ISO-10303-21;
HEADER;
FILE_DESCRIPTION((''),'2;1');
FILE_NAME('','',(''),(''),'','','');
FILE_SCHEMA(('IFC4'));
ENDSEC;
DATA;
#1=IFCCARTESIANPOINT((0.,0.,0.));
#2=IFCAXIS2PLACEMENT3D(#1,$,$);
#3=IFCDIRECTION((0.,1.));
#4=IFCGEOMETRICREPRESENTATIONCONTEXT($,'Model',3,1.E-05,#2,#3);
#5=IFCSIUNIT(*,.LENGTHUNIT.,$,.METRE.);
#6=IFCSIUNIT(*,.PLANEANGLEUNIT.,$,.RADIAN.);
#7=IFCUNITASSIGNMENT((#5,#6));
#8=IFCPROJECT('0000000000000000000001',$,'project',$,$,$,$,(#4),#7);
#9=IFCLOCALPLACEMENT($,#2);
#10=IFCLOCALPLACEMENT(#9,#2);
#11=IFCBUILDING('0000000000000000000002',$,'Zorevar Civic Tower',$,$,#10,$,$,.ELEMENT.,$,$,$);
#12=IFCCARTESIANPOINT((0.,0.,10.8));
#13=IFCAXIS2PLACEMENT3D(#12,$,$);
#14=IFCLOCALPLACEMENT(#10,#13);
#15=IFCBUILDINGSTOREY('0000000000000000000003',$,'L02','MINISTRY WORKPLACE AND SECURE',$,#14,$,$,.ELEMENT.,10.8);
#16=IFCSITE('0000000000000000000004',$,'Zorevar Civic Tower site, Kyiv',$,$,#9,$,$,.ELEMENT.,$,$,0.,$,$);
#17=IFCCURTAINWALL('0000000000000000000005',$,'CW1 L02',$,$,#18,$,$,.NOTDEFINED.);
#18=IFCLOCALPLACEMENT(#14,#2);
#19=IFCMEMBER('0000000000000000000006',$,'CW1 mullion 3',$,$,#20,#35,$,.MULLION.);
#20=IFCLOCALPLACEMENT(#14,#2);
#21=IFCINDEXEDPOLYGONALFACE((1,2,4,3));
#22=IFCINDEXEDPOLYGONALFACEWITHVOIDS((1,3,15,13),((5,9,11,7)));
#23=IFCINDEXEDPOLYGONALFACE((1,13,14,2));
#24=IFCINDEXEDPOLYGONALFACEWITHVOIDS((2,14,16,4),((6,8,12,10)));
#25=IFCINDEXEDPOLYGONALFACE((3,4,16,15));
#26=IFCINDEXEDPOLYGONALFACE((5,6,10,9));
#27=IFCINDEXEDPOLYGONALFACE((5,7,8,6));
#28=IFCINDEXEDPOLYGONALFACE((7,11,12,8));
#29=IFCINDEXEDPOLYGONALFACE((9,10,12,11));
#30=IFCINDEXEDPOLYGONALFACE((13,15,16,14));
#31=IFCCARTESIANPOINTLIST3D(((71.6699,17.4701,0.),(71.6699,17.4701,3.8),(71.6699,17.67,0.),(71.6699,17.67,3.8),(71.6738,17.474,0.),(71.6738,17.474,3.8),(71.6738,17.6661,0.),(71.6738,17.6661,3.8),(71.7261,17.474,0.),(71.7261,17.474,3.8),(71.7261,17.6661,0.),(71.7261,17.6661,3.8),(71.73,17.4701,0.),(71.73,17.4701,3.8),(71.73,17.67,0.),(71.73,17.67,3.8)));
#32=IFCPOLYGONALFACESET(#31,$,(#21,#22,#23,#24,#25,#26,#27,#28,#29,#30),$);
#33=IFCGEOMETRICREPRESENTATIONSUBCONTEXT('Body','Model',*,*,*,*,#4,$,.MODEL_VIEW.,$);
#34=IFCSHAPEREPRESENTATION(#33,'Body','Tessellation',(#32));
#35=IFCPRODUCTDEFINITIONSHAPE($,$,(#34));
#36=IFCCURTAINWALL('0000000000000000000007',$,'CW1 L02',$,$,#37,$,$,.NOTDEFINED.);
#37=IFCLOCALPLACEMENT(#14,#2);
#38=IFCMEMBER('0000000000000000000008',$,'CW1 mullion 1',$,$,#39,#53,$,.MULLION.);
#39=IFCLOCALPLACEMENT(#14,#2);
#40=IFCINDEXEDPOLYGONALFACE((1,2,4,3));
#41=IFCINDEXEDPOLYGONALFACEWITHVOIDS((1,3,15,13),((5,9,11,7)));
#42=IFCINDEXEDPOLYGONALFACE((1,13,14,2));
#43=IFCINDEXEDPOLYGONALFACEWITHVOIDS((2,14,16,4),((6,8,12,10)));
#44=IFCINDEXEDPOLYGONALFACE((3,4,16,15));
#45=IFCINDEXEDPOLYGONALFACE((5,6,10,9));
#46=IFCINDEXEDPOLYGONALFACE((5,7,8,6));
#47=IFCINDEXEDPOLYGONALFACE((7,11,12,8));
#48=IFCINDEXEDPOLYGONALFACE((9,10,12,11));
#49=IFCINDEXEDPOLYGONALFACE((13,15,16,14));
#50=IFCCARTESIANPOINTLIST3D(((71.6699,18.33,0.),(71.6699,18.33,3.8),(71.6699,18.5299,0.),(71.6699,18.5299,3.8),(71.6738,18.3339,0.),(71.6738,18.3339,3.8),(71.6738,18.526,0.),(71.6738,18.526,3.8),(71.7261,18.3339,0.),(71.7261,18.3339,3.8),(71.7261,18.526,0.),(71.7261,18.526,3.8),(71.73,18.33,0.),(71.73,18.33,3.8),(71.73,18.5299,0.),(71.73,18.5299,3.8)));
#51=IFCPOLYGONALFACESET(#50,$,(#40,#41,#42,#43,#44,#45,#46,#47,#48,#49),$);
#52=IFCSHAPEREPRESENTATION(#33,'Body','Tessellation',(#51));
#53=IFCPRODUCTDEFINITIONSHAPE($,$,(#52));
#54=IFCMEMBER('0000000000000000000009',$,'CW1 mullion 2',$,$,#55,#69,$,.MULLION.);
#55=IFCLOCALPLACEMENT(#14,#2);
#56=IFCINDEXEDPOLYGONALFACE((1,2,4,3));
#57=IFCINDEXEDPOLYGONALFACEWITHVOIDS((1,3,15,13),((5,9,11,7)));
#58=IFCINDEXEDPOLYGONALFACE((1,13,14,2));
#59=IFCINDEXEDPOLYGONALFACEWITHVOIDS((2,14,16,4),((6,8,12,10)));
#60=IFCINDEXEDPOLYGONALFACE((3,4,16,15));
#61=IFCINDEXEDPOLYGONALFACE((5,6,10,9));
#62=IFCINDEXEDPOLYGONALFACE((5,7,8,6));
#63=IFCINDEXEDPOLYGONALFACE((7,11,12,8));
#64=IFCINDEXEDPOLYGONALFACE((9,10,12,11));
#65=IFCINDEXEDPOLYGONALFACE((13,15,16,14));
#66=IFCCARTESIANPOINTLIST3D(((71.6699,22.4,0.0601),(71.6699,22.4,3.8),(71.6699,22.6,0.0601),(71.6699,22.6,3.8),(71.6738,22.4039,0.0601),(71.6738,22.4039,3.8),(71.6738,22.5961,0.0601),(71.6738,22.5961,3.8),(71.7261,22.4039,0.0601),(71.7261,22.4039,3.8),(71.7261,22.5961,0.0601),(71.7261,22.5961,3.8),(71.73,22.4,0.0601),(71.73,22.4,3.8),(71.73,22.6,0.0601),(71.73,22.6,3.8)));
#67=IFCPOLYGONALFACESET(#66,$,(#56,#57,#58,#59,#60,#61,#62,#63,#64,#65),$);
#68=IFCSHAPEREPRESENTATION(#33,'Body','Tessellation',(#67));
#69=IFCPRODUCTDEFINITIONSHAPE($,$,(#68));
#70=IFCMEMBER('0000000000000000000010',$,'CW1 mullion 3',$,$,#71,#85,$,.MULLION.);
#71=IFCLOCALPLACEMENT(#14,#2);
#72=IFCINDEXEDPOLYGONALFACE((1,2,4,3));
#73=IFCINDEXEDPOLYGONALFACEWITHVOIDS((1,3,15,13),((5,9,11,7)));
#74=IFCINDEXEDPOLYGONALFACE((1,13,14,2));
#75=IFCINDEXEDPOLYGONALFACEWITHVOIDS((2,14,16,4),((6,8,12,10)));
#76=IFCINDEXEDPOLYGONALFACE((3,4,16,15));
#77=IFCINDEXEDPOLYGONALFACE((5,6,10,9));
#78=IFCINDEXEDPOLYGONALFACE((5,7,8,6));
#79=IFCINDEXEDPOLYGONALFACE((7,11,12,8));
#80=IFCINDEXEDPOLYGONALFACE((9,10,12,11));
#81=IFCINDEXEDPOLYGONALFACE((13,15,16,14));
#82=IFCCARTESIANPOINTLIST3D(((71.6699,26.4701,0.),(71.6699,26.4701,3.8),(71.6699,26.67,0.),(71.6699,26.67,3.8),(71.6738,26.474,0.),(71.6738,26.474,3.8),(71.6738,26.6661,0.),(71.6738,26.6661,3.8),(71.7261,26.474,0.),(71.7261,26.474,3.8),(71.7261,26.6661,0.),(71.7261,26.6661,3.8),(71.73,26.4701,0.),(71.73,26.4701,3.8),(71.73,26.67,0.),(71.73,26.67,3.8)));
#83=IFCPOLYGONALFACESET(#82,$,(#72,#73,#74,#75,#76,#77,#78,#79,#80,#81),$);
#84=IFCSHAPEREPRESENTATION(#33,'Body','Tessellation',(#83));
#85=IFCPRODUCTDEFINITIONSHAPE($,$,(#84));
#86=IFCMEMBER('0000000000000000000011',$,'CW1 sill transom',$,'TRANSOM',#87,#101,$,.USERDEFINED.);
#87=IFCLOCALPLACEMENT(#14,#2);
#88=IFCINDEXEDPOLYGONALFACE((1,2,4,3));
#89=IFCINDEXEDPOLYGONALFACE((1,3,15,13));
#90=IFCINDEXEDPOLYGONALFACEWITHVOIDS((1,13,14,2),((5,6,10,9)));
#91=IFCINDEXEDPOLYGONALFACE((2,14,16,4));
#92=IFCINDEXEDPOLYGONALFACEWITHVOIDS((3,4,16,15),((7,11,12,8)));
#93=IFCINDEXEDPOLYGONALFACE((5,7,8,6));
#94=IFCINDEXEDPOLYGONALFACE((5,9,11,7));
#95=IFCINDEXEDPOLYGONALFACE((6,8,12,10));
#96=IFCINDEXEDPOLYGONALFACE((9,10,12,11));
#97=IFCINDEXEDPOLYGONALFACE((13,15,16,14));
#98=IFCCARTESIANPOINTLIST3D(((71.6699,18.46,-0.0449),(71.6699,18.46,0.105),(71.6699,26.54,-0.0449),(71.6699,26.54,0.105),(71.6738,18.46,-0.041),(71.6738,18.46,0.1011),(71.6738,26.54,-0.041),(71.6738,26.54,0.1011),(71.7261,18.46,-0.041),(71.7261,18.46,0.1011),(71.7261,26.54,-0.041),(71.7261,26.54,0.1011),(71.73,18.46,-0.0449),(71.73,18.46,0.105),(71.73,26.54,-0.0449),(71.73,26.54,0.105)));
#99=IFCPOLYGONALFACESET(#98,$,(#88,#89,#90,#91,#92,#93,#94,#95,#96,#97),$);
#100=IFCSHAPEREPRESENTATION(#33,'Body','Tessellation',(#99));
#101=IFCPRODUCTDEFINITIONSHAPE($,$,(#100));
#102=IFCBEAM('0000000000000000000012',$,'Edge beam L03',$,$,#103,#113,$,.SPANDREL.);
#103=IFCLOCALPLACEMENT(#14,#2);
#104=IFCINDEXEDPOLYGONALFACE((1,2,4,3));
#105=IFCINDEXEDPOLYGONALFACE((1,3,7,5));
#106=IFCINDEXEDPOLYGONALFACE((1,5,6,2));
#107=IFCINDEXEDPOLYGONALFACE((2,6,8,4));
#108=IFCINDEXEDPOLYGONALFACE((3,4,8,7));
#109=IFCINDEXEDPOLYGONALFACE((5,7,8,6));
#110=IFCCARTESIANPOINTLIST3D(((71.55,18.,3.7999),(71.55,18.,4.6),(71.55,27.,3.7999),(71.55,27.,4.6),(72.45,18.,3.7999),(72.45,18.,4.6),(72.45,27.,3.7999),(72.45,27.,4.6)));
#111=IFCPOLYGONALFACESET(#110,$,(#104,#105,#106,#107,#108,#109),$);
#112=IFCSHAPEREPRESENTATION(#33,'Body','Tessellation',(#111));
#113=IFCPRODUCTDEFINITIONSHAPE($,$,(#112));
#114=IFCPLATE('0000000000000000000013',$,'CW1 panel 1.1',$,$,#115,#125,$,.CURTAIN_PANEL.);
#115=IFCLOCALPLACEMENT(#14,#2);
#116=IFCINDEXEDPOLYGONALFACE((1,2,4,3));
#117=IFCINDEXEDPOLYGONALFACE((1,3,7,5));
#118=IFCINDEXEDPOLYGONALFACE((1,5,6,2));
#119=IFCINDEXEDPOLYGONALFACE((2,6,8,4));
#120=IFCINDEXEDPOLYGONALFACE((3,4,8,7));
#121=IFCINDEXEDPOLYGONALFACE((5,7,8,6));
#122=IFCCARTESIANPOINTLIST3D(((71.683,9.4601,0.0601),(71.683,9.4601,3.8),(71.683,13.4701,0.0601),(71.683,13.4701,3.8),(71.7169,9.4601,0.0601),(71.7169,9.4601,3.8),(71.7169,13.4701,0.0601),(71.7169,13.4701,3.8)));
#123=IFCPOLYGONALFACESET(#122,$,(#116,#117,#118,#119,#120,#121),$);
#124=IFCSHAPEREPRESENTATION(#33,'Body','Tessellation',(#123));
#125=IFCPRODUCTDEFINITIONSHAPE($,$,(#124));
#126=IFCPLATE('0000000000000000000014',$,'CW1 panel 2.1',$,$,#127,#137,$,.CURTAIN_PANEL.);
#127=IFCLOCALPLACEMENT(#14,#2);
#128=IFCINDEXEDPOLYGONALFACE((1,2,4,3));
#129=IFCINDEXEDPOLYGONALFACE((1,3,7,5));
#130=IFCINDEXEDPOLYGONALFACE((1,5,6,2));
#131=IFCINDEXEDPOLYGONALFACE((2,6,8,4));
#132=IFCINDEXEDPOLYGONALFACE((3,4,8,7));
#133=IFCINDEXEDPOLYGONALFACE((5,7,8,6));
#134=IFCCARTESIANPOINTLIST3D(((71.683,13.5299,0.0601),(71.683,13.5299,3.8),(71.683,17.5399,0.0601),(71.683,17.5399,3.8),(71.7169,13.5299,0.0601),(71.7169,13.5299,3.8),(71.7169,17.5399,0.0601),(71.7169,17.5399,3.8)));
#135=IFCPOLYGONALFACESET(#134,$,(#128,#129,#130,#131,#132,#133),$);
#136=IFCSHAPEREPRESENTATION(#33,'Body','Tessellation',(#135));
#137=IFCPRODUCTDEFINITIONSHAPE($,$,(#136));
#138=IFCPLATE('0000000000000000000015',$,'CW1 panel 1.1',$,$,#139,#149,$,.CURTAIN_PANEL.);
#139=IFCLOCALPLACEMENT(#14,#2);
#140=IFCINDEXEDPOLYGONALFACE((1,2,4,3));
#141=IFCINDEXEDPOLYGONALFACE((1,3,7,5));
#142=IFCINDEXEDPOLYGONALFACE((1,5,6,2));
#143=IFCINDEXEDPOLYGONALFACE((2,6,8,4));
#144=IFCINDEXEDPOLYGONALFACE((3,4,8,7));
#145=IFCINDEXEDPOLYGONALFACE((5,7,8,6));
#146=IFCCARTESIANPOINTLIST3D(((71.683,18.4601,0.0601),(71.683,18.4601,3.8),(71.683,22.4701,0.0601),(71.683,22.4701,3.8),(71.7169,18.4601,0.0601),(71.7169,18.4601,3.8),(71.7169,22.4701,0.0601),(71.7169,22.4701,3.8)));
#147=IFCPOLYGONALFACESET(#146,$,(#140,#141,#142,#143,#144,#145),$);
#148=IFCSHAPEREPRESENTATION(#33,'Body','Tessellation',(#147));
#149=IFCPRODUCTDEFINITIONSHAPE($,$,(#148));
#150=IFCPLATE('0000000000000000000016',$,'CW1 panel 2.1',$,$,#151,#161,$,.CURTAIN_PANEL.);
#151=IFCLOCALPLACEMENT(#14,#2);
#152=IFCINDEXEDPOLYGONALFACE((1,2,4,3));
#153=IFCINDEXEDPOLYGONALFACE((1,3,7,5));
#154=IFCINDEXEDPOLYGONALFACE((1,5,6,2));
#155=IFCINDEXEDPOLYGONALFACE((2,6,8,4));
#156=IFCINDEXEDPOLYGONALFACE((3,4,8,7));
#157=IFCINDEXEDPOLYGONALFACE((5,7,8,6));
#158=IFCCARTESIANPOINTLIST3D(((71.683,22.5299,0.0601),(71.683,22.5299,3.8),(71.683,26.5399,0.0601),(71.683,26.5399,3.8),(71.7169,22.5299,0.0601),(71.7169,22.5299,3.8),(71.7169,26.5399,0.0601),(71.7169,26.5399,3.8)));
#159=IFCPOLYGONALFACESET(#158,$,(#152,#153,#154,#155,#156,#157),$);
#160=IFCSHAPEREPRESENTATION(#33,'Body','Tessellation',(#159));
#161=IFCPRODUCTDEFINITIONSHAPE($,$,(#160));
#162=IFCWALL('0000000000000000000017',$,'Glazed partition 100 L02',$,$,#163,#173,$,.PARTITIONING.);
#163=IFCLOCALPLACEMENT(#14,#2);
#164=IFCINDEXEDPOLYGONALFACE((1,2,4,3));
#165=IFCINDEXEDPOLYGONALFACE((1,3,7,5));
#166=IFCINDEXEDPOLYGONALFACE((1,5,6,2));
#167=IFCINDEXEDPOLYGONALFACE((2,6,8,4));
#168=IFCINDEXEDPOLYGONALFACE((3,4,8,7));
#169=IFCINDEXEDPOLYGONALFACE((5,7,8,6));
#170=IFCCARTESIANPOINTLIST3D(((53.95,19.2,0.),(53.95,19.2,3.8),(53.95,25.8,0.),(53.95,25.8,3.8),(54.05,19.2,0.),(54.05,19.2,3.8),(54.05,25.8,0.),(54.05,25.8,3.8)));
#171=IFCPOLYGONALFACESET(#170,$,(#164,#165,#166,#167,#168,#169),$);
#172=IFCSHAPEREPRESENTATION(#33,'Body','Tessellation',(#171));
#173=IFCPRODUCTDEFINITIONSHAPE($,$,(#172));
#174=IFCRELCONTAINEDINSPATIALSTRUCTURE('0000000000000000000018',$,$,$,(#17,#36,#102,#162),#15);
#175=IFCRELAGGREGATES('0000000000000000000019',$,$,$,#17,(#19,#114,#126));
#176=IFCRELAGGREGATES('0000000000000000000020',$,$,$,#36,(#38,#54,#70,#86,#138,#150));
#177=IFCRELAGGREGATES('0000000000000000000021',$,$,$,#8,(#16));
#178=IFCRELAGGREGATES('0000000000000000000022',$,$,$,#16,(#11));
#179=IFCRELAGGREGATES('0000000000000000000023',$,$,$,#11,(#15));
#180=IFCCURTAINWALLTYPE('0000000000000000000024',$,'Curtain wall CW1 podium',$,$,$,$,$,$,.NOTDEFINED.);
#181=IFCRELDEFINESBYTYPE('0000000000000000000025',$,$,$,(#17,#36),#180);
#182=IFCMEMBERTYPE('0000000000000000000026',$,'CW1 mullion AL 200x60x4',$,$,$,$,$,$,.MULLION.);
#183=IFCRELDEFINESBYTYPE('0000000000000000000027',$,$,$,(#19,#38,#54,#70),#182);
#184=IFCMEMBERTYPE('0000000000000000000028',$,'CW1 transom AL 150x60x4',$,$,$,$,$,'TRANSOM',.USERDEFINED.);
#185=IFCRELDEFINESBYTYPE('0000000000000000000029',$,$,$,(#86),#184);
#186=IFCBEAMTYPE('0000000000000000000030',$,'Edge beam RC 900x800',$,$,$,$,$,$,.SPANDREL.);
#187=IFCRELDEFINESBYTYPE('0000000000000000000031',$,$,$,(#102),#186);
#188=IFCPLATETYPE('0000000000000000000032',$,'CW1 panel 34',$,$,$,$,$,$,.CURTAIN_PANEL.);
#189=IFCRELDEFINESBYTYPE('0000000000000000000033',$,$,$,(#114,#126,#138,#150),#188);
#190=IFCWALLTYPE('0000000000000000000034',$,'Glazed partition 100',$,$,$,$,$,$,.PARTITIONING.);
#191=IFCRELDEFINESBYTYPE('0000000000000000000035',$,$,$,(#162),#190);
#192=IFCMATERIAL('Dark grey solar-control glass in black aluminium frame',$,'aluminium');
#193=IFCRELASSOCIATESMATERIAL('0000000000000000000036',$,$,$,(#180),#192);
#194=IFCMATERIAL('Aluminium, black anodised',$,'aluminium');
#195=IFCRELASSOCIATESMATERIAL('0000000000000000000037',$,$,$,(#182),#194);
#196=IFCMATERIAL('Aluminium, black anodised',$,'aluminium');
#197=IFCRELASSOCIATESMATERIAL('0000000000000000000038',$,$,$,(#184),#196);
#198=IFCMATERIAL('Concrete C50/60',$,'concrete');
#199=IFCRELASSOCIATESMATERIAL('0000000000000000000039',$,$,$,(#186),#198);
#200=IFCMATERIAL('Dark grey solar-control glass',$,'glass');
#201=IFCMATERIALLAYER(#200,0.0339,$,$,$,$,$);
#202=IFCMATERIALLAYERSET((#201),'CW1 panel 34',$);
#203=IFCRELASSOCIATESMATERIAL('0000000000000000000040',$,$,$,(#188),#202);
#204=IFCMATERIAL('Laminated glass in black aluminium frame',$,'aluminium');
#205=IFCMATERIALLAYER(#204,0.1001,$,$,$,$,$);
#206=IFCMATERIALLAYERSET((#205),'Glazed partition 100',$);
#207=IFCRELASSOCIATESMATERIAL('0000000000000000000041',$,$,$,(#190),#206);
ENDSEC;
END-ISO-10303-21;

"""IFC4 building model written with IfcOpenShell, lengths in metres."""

from ifc_helpers import new_model, si_unit, direction, frame, frame_2d, origin, origin_2d, place, context, subcontext, project, spatial, rectangle, hollow_rectangle, extrude, material, layer, layer_set, material_profile, profile_set, type_object, element, aggregate, save


model = new_model("IFC4")

# Units and contexts
model_context = context("Model", 3, precision=1e-05, world=origin(), true_north=direction((0.0, 1.0)))
body_context = subcontext(model_context, "Body", "Model", "MODEL_VIEW")
ifc_project = project(units=[si_unit("LENGTHUNIT", "METRE"), si_unit("PLANEANGLEUNIT", "RADIAN")], contexts=[model_context])

# Site, building, storey
site_placement = place(None, origin())
site = spatial("IfcSite", under=ifc_project, at=site_placement, Name="Zorevar Civic Tower site, Kyiv", CompositionType="ELEMENT", RefElevation=0.0)
building_placement = place(site_placement, origin())
building = spatial("IfcBuilding", under=site, at=building_placement, Name="Zorevar Civic Tower", CompositionType="ELEMENT")
storey_placement = place(building_placement, frame((0.0, 0.0, 10.8)))
storey = spatial("IfcBuildingStorey", under=building, at=storey_placement, Name="L02", Description="MINISTRY WORKPLACE AND SECURE", CompositionType="ELEMENT", Elevation=10.8)

# Curtain walls, members
ifc_material_1 = material(Name="Dark grey solar-control glass in black aluminium frame", Category="aluminium")
curtain_wall_type = type_object("IfcCurtainWallType", Name="Curtain wall CW1 podium", PredefinedType="NOTDEFINED", material=ifc_material_1)
curtain_wall_1_placement = place(storey_placement, origin())
curtain_wall_1 = element("IfcCurtainWall", 1, at=curtain_wall_1_placement, inside=storey, type_object=curtain_wall_type, Name="CW1 L02", PredefinedType="NOTDEFINED")
ifc_material_2 = material(Name="Aluminium, black anodised", Category="aluminium")
ifc_material_profile_1 = material_profile(ifc_material_2, hollow_rectangle(XDim=0.0601, YDim=0.2, WallThickness=0.0039, at=origin_2d()), Name="AL 200x60x4")
ifc_profile_set_1 = profile_set([ifc_material_profile_1], Name="Aluminium, black anodised")
member_type_1 = type_object("IfcMemberType", Name="CW1 mullion AL 200x60x4", PredefinedType="MULLION", material=ifc_profile_set_1)
member_1_placement = place(storey_placement, frame((71.7, 17.5701, 0.0), z_axis=(0.0, 0.0, 1.0), x_axis=(-1.0, 0.0, 0.0)))
member_1 = element("IfcMember", 2, at=member_1_placement, type_object=member_type_1, Name="CW1 mullion 3", PredefinedType="MULLION", context=body_context, shape_type="SweptSolid", body=[
    extrude(hollow_rectangle(XDim=0.0601, YDim=0.2, WallThickness=0.0039, at=origin_2d()), origin(), (0.0, 0.0, 1.0), 3.8),
])
curtain_wall_2_placement = place(storey_placement, origin())
curtain_wall_2 = element("IfcCurtainWall", 3, at=curtain_wall_2_placement, inside=storey, type_object=curtain_wall_type, Name="CW1 L02", PredefinedType="NOTDEFINED")
member_2_placement = place(storey_placement, frame((71.7, 18.4299, 0.0), z_axis=(0.0, 0.0, 1.0), x_axis=(-1.0, 0.0, 0.0)))
member_2 = element("IfcMember", 4, at=member_2_placement, type_object=member_type_1, Name="CW1 mullion 1", PredefinedType="MULLION", context=body_context, shape_type="SweptSolid", body=[
    extrude(hollow_rectangle(XDim=0.0601, YDim=0.2, WallThickness=0.0039, at=origin_2d()), origin(), (0.0, 0.0, 1.0), 3.8),
])
member_3_placement = place(storey_placement, frame((71.7, 22.5, 0.0601), z_axis=(0.0, 0.0, 1.0), x_axis=(-1.0, 0.0, 0.0)))
member_3 = element("IfcMember", 5, at=member_3_placement, type_object=member_type_1, Name="CW1 mullion 2", PredefinedType="MULLION", context=body_context, shape_type="SweptSolid", body=[
    extrude(hollow_rectangle(XDim=0.0601, YDim=0.2, WallThickness=0.0039, at=origin_2d()), origin(), (0.0, 0.0, 1.0), 3.74),
])
member_4_placement = place(storey_placement, frame((71.7, 26.5701, 0.0), z_axis=(0.0, 0.0, 1.0), x_axis=(-1.0, 0.0, 0.0)))
member_4 = element("IfcMember", 6, at=member_4_placement, type_object=member_type_1, Name="CW1 mullion 3", PredefinedType="MULLION", context=body_context, shape_type="SweptSolid", body=[
    extrude(hollow_rectangle(XDim=0.0601, YDim=0.2, WallThickness=0.0039, at=origin_2d()), origin(), (0.0, 0.0, 1.0), 3.8),
])
ifc_material_3 = material(Name="Aluminium, black anodised", Category="aluminium")
ifc_material_profile_2 = material_profile(ifc_material_3, hollow_rectangle(XDim=0.0601, YDim=0.1499, WallThickness=0.0039, at=origin_2d()), Name="AL 150x60x4")
ifc_profile_set_2 = profile_set([ifc_material_profile_2], Name="Aluminium, black anodised")
member_type_2 = type_object("IfcMemberType", Name="CW1 transom AL 150x60x4", ElementType="TRANSOM", PredefinedType="USERDEFINED", material=ifc_profile_set_2)
member_5_placement = place(storey_placement, frame((71.7, 18.46, 0.03), z_axis=(0.0, 1.0, 0.0), x_axis=(-1.0, 0.0, 0.0)))
member_5 = element("IfcMember", 7, at=member_5_placement, type_object=member_type_2, Name="CW1 sill transom", ObjectType="TRANSOM", PredefinedType="USERDEFINED", context=body_context, shape_type="SweptSolid", body=[
    extrude(hollow_rectangle(XDim=0.0601, YDim=0.1499, WallThickness=0.0039, at=origin_2d()), origin(), (0.0, 0.0, 1.0), 8.0801),
])

# Beam
ifc_material_4 = material(Name="Concrete C50/60", Category="concrete")
ifc_material_profile_3 = material_profile(ifc_material_4, rectangle(XDim=0.8999, YDim=0.8, at=origin_2d()), Name="RC 900x800")
ifc_profile_set_3 = profile_set([ifc_material_profile_3], Name="Concrete C50/60")
beam_type_1 = type_object("IfcBeamType", Name="Edge beam RC 900x800", PredefinedType="SPANDREL", material=ifc_profile_set_3)
beam_1_placement = place(storey_placement, frame((72.0, 18.0, 4.2), z_axis=(0.0, 1.0, 0.0), x_axis=(-1.0, 0.0, 0.0)))
element("IfcBeam", 8, at=beam_1_placement, inside=storey, type_object=beam_type_1, Name="Edge beam L03", PredefinedType="SPANDREL", context=body_context, shape_type="SweptSolid", body=[
    extrude(rectangle(XDim=0.8999, YDim=0.8, at=origin_2d()), origin(), (0.0, 0.0, 1.0), 9.0),
])

# Plates
ifc_material_5 = material(Name="Dark grey solar-control glass", Category="glass")
ifc_layer_1 = layer(ifc_material_5, 0.0339)
ifc_layer_set_1 = layer_set([ifc_layer_1], Name="CW1 panel 34")
plate_type = type_object("IfcPlateType", Name="CW1 panel 34", PredefinedType="CURTAIN_PANEL", material=ifc_layer_set_1)
plate_1_placement = place(storey_placement, frame((71.7, 11.4651, 0.0601), z_axis=(0.0, 0.0, 1.0), x_axis=(0.0, 1.0, 0.0)))
plate_1 = element("IfcPlate", 9, at=plate_1_placement, type_object=plate_type, Name="CW1 panel 1.1", PredefinedType="CURTAIN_PANEL", context=body_context, shape_type="SweptSolid", body=[
    extrude(rectangle(XDim=4.01, YDim=0.0339, at=origin_2d()), origin(), (0.0, 0.0, 1.0), 3.74),
])
plate_2_placement = place(storey_placement, frame((71.7, 15.5349, 0.0601), z_axis=(0.0, 0.0, 1.0), x_axis=(0.0, 1.0, 0.0)))
plate_2 = element("IfcPlate", 10, at=plate_2_placement, type_object=plate_type, Name="CW1 panel 2.1", PredefinedType="CURTAIN_PANEL", context=body_context, shape_type="SweptSolid", body=[
    extrude(rectangle(XDim=4.01, YDim=0.0339, at=origin_2d()), origin(), (0.0, 0.0, 1.0), 3.74),
])
aggregate(curtain_wall_1, [member_1, plate_1, plate_2])
plate_3_placement = place(storey_placement, frame((71.7, 20.4651, 0.0601), z_axis=(0.0, 0.0, 1.0), x_axis=(0.0, 1.0, 0.0)))
plate_3 = element("IfcPlate", 11, at=plate_3_placement, type_object=plate_type, Name="CW1 panel 1.1", PredefinedType="CURTAIN_PANEL", context=body_context, shape_type="SweptSolid", body=[
    extrude(rectangle(XDim=4.01, YDim=0.0339, at=origin_2d()), origin(), (0.0, 0.0, 1.0), 3.74),
])
plate_4_placement = place(storey_placement, frame((71.7, 24.5349, 0.0601), z_axis=(0.0, 0.0, 1.0), x_axis=(0.0, 1.0, 0.0)))
plate_4 = element("IfcPlate", 12, at=plate_4_placement, type_object=plate_type, Name="CW1 panel 2.1", PredefinedType="CURTAIN_PANEL", context=body_context, shape_type="SweptSolid", body=[
    extrude(rectangle(XDim=4.01, YDim=0.0339, at=origin_2d()), origin(), (0.0, 0.0, 1.0), 3.74),
])
aggregate(curtain_wall_2, [member_2, member_3, member_4, member_5, plate_3, plate_4])

# Wall
ifc_material_6 = material(Name="Laminated glass in black aluminium frame", Category="aluminium")
ifc_layer_2 = layer(ifc_material_6, 0.1001)
ifc_layer_set_2 = layer_set([ifc_layer_2], Name="Glazed partition 100")
wall_type_1 = type_object("IfcWallType", Name="Glazed partition 100", PredefinedType="PARTITIONING", material=ifc_layer_set_2)
wall_1_placement = place(storey_placement, frame((54.0, 19.2, 0.0), z_axis=(0.0, 0.0, 1.0), x_axis=(0.0, 1.0, 0.0)))
element("IfcWall", 13, at=wall_1_placement, inside=storey, type_object=wall_type_1, Name="Glazed partition 100 L02", PredefinedType="PARTITIONING", context=body_context, shape_type="SweptSolid", body=[
    extrude(rectangle(XDim=6.6001, YDim=0.1001, at=frame_2d((3.3, 0.0))), origin(), (0.0, 0.0, 1.0), 3.8),
])

save(model, "model.ifc")
